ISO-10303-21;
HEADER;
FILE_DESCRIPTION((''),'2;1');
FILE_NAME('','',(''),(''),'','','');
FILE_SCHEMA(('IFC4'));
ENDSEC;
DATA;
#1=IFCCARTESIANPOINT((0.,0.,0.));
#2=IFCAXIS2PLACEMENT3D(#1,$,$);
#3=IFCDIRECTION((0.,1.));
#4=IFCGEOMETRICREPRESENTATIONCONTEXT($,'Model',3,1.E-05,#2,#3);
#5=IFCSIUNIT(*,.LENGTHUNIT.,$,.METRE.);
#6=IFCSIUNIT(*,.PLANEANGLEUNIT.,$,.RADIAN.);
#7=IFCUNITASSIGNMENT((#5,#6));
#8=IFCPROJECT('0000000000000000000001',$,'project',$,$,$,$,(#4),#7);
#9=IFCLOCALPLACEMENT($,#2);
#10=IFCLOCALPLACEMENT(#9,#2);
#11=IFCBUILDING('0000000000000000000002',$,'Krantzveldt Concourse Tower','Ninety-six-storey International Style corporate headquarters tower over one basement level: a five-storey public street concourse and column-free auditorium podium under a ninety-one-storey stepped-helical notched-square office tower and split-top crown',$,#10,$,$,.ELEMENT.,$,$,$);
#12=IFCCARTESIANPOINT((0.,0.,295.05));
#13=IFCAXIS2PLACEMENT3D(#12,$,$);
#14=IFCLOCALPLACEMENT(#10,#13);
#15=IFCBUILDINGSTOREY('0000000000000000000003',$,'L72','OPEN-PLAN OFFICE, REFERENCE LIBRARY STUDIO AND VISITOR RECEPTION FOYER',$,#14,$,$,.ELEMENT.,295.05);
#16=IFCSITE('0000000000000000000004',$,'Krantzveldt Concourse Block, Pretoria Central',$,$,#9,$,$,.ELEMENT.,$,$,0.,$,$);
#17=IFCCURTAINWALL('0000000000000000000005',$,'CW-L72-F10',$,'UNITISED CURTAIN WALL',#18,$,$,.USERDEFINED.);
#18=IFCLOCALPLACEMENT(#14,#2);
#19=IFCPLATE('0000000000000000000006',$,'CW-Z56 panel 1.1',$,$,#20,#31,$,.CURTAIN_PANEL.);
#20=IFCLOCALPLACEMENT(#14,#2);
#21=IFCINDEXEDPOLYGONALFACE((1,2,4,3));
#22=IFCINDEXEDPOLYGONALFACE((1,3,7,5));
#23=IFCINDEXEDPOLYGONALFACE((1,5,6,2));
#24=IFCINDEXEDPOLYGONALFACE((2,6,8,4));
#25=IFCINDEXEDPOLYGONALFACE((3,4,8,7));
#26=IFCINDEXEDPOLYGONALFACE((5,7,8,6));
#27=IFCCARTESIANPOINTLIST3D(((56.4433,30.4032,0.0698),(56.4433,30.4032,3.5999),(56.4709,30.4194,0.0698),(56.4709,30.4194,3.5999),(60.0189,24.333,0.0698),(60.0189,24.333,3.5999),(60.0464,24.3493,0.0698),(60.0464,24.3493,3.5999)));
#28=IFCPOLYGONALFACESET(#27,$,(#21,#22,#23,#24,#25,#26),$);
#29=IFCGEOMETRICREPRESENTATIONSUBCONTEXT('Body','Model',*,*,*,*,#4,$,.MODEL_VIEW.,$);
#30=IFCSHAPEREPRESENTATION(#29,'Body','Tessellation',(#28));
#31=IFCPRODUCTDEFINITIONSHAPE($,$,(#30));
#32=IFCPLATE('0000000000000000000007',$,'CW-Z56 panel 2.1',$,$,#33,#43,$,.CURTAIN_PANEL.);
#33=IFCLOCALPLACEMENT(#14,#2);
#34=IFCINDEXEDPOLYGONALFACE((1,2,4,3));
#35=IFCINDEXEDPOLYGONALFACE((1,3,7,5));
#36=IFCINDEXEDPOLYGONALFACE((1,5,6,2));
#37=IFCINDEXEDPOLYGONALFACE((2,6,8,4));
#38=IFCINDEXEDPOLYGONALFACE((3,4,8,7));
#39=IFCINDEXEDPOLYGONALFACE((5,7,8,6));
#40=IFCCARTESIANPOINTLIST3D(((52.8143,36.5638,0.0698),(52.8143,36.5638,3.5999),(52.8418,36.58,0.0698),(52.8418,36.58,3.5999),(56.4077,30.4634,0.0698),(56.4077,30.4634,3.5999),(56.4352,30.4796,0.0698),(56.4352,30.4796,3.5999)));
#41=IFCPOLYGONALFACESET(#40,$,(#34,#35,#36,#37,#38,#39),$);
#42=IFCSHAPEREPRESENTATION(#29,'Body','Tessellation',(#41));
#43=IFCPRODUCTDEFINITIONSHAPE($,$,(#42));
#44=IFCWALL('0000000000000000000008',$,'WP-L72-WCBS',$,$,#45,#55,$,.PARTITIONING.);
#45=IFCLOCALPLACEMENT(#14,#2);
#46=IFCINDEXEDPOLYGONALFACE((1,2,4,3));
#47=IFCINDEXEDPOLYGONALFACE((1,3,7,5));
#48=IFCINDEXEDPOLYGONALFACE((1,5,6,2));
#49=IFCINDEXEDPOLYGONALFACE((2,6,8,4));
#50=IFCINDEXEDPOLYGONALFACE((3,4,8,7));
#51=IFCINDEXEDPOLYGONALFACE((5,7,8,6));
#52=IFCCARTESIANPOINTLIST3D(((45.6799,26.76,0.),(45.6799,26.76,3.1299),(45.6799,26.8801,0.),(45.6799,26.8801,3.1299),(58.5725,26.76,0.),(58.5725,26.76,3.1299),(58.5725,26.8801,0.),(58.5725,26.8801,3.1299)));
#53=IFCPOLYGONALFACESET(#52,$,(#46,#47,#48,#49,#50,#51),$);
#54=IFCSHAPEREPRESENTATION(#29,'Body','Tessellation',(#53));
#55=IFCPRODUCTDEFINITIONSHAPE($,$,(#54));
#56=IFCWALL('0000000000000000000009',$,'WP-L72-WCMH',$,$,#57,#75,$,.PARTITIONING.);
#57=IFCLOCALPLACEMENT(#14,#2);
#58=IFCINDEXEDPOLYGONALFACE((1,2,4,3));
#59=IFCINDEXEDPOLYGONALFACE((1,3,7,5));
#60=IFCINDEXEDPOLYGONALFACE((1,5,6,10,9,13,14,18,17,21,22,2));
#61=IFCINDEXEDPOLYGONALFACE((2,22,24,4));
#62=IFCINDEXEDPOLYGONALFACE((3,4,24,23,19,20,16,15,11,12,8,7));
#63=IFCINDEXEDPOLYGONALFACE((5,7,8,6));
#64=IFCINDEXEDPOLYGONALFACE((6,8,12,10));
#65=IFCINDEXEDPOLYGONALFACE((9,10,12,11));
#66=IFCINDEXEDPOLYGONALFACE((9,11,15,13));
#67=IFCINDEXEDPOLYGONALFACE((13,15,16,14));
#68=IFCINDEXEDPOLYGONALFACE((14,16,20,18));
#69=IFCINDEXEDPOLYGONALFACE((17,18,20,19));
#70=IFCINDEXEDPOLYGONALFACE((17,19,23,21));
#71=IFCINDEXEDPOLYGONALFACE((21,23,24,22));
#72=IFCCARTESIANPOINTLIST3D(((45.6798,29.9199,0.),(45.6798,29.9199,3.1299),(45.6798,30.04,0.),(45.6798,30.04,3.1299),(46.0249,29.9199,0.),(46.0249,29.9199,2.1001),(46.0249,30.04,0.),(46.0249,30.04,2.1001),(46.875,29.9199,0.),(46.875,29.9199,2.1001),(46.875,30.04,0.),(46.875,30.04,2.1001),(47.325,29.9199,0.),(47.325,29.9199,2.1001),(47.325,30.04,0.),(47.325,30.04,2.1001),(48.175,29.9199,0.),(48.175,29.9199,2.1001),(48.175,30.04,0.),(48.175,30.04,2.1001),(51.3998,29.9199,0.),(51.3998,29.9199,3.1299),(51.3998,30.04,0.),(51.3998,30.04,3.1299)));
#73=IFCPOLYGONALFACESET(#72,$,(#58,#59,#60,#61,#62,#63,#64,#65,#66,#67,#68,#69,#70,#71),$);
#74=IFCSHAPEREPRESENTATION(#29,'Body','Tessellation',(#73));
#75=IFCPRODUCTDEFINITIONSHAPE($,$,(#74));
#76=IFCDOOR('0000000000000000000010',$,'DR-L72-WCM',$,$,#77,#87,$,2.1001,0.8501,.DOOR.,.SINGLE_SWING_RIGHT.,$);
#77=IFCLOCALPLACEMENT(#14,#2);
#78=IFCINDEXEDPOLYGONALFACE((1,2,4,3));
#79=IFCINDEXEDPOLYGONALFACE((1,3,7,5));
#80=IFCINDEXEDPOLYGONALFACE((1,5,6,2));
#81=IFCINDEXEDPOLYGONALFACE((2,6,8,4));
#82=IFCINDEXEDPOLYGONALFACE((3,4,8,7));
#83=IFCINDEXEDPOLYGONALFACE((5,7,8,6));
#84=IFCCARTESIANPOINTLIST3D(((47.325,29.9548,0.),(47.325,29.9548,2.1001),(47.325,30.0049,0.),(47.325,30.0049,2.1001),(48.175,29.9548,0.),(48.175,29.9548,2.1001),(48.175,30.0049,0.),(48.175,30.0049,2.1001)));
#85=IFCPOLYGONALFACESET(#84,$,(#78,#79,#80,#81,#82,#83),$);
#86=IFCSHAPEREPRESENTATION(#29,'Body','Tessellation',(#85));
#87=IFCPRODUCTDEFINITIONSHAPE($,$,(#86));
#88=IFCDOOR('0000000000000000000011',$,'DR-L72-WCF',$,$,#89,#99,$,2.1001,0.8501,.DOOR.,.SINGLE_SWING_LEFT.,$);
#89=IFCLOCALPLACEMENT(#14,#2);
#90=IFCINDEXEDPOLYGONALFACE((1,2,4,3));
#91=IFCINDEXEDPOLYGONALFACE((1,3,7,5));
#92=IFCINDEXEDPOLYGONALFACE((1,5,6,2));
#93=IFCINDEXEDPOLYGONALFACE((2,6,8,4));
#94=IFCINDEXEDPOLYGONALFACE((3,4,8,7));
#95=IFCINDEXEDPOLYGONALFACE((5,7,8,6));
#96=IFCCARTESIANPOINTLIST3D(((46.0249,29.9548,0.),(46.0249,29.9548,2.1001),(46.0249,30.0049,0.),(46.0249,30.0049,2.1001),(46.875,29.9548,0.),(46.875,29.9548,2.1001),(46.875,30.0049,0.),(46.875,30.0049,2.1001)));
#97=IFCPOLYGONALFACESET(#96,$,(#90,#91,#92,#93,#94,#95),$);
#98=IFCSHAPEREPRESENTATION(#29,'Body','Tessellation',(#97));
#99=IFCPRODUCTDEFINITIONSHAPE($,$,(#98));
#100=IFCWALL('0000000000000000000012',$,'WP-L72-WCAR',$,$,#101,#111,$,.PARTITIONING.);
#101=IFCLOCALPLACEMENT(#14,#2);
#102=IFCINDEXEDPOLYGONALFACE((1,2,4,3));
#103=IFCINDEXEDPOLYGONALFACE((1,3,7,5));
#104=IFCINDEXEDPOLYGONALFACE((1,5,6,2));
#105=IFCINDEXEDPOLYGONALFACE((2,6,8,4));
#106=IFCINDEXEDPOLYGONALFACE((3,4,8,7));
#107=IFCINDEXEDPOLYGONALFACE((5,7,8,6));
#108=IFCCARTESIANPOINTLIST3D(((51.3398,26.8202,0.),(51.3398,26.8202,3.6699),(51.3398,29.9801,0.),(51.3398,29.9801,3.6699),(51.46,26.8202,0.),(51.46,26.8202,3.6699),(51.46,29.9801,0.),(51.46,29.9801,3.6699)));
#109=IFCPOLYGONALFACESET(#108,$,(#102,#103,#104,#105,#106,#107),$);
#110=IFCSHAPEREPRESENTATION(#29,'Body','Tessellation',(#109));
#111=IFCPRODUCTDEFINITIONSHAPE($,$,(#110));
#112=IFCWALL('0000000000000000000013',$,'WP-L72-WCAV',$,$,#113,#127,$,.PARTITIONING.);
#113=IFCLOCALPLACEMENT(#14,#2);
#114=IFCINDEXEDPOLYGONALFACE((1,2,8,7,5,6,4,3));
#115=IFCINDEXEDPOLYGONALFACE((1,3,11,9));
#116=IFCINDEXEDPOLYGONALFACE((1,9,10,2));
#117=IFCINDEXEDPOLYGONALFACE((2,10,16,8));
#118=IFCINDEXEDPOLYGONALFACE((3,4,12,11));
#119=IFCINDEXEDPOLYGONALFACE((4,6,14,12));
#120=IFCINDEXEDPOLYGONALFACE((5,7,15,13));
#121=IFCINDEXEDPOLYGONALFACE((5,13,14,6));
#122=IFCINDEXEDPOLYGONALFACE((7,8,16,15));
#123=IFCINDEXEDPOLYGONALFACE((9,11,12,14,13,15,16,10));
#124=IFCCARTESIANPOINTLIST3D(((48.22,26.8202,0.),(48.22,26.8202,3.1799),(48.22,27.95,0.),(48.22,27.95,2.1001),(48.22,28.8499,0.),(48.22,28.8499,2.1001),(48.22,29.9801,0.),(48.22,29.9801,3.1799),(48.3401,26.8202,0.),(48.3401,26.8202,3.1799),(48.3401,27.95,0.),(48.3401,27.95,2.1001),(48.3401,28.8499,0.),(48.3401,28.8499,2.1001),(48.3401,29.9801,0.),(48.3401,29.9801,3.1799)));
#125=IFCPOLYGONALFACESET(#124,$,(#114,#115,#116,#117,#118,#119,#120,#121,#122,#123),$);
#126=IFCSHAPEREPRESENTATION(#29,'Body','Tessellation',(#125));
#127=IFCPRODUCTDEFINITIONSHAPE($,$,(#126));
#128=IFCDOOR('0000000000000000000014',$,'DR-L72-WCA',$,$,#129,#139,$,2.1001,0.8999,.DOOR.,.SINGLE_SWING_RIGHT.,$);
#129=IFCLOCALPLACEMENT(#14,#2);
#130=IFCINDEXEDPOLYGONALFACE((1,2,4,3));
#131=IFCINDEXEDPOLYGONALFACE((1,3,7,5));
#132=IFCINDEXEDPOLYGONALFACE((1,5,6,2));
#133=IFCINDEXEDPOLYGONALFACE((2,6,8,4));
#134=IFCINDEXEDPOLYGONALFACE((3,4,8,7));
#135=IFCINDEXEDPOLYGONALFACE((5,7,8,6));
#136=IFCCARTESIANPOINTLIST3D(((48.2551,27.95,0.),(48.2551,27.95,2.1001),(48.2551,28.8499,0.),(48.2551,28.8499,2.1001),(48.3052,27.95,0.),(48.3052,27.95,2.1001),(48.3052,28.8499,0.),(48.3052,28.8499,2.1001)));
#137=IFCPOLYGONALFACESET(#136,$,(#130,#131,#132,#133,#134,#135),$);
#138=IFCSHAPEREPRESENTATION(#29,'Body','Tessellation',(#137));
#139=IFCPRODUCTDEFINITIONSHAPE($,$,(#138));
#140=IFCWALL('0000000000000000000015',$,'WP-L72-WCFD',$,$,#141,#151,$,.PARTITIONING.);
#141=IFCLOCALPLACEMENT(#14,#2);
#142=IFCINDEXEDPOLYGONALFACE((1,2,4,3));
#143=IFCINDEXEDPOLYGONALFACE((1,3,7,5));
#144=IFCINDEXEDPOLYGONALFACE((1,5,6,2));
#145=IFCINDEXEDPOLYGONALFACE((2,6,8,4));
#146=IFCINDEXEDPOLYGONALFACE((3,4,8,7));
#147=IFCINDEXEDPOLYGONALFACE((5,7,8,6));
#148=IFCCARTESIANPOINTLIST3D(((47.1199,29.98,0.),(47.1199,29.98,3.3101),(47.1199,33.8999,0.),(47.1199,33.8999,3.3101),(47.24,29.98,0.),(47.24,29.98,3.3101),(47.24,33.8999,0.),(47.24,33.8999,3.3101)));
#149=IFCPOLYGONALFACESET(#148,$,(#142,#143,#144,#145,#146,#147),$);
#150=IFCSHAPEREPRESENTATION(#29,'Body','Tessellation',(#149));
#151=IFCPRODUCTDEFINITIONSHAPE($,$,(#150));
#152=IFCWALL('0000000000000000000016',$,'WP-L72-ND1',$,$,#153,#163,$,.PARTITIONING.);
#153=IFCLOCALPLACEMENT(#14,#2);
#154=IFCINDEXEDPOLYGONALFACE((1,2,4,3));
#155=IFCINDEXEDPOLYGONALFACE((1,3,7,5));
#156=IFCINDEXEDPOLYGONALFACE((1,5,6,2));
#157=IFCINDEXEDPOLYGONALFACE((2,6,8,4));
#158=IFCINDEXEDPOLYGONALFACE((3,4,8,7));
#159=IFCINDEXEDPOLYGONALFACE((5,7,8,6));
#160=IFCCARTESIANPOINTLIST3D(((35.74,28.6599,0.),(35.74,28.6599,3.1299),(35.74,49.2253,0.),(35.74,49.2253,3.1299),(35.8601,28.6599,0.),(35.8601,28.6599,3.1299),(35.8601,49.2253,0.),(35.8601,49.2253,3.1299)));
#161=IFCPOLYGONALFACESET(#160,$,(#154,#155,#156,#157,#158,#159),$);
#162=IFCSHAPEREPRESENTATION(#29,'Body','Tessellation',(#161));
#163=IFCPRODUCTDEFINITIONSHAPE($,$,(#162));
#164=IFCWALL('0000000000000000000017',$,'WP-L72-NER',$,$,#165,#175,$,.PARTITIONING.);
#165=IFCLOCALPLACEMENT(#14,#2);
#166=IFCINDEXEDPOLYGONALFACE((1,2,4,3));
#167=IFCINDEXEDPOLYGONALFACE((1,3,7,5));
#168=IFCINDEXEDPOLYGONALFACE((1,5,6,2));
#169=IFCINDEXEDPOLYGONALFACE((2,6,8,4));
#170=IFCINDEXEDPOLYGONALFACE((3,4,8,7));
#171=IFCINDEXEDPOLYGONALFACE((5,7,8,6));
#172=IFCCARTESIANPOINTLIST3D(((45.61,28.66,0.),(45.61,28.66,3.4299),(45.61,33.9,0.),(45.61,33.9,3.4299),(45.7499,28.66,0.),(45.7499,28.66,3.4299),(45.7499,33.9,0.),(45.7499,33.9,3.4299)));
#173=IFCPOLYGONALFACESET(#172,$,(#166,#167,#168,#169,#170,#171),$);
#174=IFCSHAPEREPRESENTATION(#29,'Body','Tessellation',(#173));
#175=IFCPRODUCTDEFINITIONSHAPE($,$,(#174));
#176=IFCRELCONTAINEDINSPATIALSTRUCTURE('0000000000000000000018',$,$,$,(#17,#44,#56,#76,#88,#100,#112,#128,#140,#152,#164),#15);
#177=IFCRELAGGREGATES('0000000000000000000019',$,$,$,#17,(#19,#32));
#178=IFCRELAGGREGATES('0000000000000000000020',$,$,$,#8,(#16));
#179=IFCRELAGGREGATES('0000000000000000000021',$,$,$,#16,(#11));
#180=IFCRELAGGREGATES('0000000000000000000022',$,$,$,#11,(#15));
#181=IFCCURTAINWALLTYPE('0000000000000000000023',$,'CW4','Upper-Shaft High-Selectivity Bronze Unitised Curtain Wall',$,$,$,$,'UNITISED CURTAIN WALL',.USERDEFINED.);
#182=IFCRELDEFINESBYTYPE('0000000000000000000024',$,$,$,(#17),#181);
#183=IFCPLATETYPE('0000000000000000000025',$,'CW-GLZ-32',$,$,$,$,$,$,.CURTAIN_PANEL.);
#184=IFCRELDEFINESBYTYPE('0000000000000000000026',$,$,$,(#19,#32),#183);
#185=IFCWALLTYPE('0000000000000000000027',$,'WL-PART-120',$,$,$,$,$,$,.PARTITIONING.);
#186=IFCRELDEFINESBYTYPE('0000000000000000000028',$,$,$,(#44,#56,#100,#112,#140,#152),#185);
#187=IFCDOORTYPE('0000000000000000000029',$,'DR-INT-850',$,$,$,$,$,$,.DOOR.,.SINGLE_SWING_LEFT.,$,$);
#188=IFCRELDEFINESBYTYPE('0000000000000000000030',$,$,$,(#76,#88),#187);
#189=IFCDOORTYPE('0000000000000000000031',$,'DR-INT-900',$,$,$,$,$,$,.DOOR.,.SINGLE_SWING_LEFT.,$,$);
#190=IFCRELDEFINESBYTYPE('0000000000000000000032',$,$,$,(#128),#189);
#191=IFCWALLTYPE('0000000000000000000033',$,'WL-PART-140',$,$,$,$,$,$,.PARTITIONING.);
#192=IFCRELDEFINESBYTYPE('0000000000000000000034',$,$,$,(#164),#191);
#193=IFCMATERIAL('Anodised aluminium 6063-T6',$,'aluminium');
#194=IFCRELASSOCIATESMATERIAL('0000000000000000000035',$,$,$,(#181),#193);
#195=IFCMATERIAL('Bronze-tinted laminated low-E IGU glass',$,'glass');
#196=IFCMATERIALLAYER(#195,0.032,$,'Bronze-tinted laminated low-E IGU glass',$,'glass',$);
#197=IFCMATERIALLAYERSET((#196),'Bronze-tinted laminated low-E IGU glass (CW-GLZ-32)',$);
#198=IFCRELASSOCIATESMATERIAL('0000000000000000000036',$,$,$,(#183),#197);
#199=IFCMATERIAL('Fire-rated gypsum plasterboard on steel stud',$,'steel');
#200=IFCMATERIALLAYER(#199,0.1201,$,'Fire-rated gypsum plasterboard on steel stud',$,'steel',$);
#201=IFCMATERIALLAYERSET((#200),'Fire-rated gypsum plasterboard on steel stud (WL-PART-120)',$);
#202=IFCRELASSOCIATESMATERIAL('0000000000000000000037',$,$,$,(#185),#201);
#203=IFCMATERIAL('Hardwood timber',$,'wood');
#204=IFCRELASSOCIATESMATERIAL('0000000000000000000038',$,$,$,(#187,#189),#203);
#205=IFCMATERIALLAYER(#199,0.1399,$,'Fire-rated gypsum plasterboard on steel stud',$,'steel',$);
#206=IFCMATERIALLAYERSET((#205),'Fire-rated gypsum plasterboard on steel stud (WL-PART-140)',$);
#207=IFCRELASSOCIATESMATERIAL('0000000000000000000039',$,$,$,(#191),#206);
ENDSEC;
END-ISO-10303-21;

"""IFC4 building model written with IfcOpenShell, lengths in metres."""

from ifc_helpers import new_model, si_unit, direction, frame, frame_2d, origin, origin_2d, place, context, subcontext, project, spatial, rectangle, extrude, source, transform, mapped, material, layer, layer_set, type_object, type_shapes, element, fill, aggregate, save


model = new_model("IFC4")

# Units and contexts
model_context = context("Model", 3, precision=1e-05, world=origin(), true_north=direction((0.0, 1.0)))
body_context = subcontext(model_context, "Body", "Model", "MODEL_VIEW")
ifc_project = project(units=[si_unit("LENGTHUNIT", "METRE"), si_unit("PLANEANGLEUNIT", "RADIAN")], contexts=[model_context])

# Site, building, storey
site_placement = place(None, origin())
site = spatial("IfcSite", under=ifc_project, at=site_placement, Name="Krantzveldt Concourse Block, Pretoria Central", CompositionType="ELEMENT", RefElevation=0.0)
building_placement = place(site_placement, origin())
building = spatial("IfcBuilding", under=site, at=building_placement, Name="Krantzveldt Concourse Tower", Description="Ninety-six-storey International Style corporate headquarters tower over one basement level: a five-storey public street concourse and column-free auditorium podium under a ninety-one-storey stepped-helical notched-square office tower and split-top crown", CompositionType="ELEMENT")
storey_placement = place(building_placement, frame((0.0, 0.0, 295.05)))
storey = spatial("IfcBuildingStorey", under=building, at=storey_placement, Name="L72", Description="OPEN-PLAN OFFICE, REFERENCE LIBRARY STUDIO AND VISITOR RECEPTION FOYER", CompositionType="ELEMENT", Elevation=295.05)

# Curtain wall, plates
ifc_material_1 = material(Name="Anodised aluminium 6063-T6", Category="aluminium")
curtain_wall_type = type_object("IfcCurtainWallType", Name="CW4", Description="Upper-Shaft High-Selectivity Bronze Unitised Curtain Wall", ElementType="UNITISED CURTAIN WALL", PredefinedType="USERDEFINED", material=ifc_material_1)
curtain_wall_placement = place(storey_placement, origin())
curtain_wall = element("IfcCurtainWall", 1, at=curtain_wall_placement, inside=storey, type_object=curtain_wall_type, Name="CW-L72-F10", ObjectType="UNITISED CURTAIN WALL", PredefinedType="USERDEFINED")
ifc_material_2 = material(Name="Bronze-tinted laminated low-E IGU glass", Category="glass")
ifc_layer_1 = layer(ifc_material_2, 0.032, Name="Bronze-tinted laminated low-E IGU glass", Category="glass")
ifc_layer_set_1 = layer_set([ifc_layer_1], Name="Bronze-tinted laminated low-E IGU glass (CW-GLZ-32)")
plate_type = type_object("IfcPlateType", Name="CW-GLZ-32", PredefinedType="CURTAIN_PANEL", material=ifc_layer_set_1)
shared_shape_1 = source(origin(), body_context, "Body", "SweptSolid", [
    extrude(rectangle(XDim=7.0449, YDim=0.032, at=origin_2d()), origin(), (0.0, 0.0, 1.0), 3.53),
])
plate_1_placement = place(storey_placement, frame((58.2449, 27.3762, 0.0698), z_axis=(0.0, 0.0, 1.0), x_axis=(-0.507538, 0.861629, 0.0)))
plate_1 = element("IfcPlate", 2, at=plate_1_placement, type_object=plate_type, Name="CW-Z56 panel 1.1", PredefinedType="CURTAIN_PANEL", context=body_context, shape_type="MappedRepresentation", body=[
    mapped(shared_shape_1, transform((0.0, 0.0, 0.0), x_axis=(1.0, 0.0, 0.0), y_axis=(0.0, 1.0, 0.0), z_axis=(0.0, 0.0, 1.0), scale=1.0)),
])
shared_shape_2 = source(origin(), body_context, "Body", "SweptSolid", [
    extrude(rectangle(XDim=7.0801, YDim=0.032, at=origin_2d()), origin(), (0.0, 0.0, 1.0), 3.53),
])
type_shapes(plate_type, [shared_shape_1, shared_shape_2])
plate_2_placement = place(storey_placement, frame((54.6248, 33.5217, 0.0698), z_axis=(0.0, 0.0, 1.0), x_axis=(-0.507538, 0.861629, 0.0)))
plate_2 = element("IfcPlate", 3, at=plate_2_placement, type_object=plate_type, Name="CW-Z56 panel 2.1", PredefinedType="CURTAIN_PANEL", context=body_context, shape_type="MappedRepresentation", body=[
    mapped(shared_shape_2, transform((0.0, 0.0, 0.0), x_axis=(1.0, 0.0, 0.0), y_axis=(0.0, 1.0, 0.0), z_axis=(0.0, 0.0, 1.0), scale=1.0)),
])
aggregate(curtain_wall, [plate_1, plate_2])

# Wall
ifc_material_3 = material(Name="Fire-rated gypsum plasterboard on steel stud", Category="steel")
ifc_layer_2 = layer(ifc_material_3, 0.1201, Name="Fire-rated gypsum plasterboard on steel stud", Category="steel")
ifc_layer_set_2 = layer_set([ifc_layer_2], Name="Fire-rated gypsum plasterboard on steel stud (WL-PART-120)")
wall_type_1 = type_object("IfcWallType", Name="WL-PART-120", PredefinedType="PARTITIONING", material=ifc_layer_set_2)
wall_1_placement = place(storey_placement, frame((45.6799, 26.8201, 0.0), z_axis=(0.0, 0.0, 1.0), x_axis=(1.0, 0.0, 0.0)))
element("IfcWall", 4, at=wall_1_placement, inside=storey, type_object=wall_type_1, Name="WP-L72-WCBS", PredefinedType="PARTITIONING", context=body_context, shape_type="SweptSolid", body=[
    extrude(rectangle(XDim=12.8926, YDim=0.1201, at=frame_2d((6.4463, 0.0))), origin(), (0.0, 0.0, 1.0), 3.1299),
])

# Wall, openings, doors
wall_2_placement = place(storey_placement, frame((45.6799, 29.98, 0.0), z_axis=(0.0, 0.0, 1.0), x_axis=(1.0, 0.0, 0.0)))
wall_2 = element("IfcWall", 5, at=wall_2_placement, inside=storey, type_object=wall_type_1, Name="WP-L72-WCMH", PredefinedType="PARTITIONING", context=body_context, shape_type="SweptSolid", body=[
    extrude(rectangle(XDim=5.72, YDim=0.1201, at=frame_2d((2.8599, 0.0))), origin(), (0.0, 0.0, 1.0), 3.1299),
])
opening_1_placement = place(wall_2_placement, frame((1.645, 0.0, 0.0)))
opening_1 = element("IfcOpeningElement", 6, at=opening_1_placement, cuts=wall_2, PredefinedType="OPENING", context=body_context, shape_type="SweptSolid", body=[
    extrude(rectangle(XDim=0.8501, YDim=2.1001, at=frame_2d((0.425, 1.05))), frame((0.0, 0.0701, 0.0), z_axis=(0.0, -1.0, 0.0), x_axis=(1.0, 0.0, 0.0)), (0.0, 0.0, 1.0), 0.1401),
])
opening_2_placement = place(wall_2_placement, frame((0.345, 0.0, 0.0)))
opening_2 = element("IfcOpeningElement", 7, at=opening_2_placement, cuts=wall_2, PredefinedType="OPENING", context=body_context, shape_type="SweptSolid", body=[
    extrude(rectangle(XDim=0.8501, YDim=2.1001, at=frame_2d((0.425, 1.05))), frame((0.0, 0.0701, 0.0), z_axis=(0.0, -1.0, 0.0), x_axis=(1.0, 0.0, 0.0)), (0.0, 0.0, 1.0), 0.1401),
])
ifc_material_4 = material(Name="Hardwood timber", Category="wood")
door_type_1 = type_object("IfcDoorType", Name="DR-INT-850", OperationType="SINGLE_SWING_LEFT", PredefinedType="DOOR", material=ifc_material_4)
door_1_placement = place(opening_1_placement, origin())
door_1 = element("IfcDoor", 8, at=door_1_placement, inside=storey, type_object=door_type_1, Name="DR-L72-WCM", OperationType="SINGLE_SWING_RIGHT", OverallHeight=2.1001, OverallWidth=0.8501, PredefinedType="DOOR", context=body_context, shape_type="SweptSolid", body=[
    extrude(rectangle(XDim=0.8501, YDim=2.1001, at=frame_2d((0.425, 1.05))), frame((0.0, 0.0249, 0.0), z_axis=(0.0, -1.0, 0.0), x_axis=(1.0, 0.0, 0.0)), (0.0, 0.0, 1.0), 0.05),
])
fill(opening_1, door_1)
door_2_placement = place(opening_2_placement, origin())
door_2 = element("IfcDoor", 9, at=door_2_placement, inside=storey, type_object=door_type_1, Name="DR-L72-WCF", OperationType="SINGLE_SWING_LEFT", OverallHeight=2.1001, OverallWidth=0.8501, PredefinedType="DOOR", context=body_context, shape_type="SweptSolid", body=[
    extrude(rectangle(XDim=0.8501, YDim=2.1001, at=frame_2d((0.425, 1.05))), frame((0.0, 0.0249, 0.0), z_axis=(0.0, -1.0, 0.0), x_axis=(1.0, 0.0, 0.0)), (0.0, 0.0, 1.0), 0.05),
])
fill(opening_2, door_2)

# Wall
wall_3_placement = place(storey_placement, frame((51.3999, 26.8201, 0.0), z_axis=(0.0, 0.0, 1.0), x_axis=(0.0, 1.0, 0.0)))
element("IfcWall", 10, at=wall_3_placement, inside=storey, type_object=wall_type_1, Name="WP-L72-WCAR", PredefinedType="PARTITIONING", context=body_context, shape_type="SweptSolid", body=[
    extrude(rectangle(XDim=3.1599, YDim=0.1201, at=frame_2d((1.5801, 0.0))), origin(), (0.0, 0.0, 1.0), 3.6699),
])

# Wall, opening, door
wall_4_placement = place(storey_placement, frame((48.28, 26.8201, 0.0), z_axis=(0.0, 0.0, 1.0), x_axis=(0.0, 1.0, 0.0)))
wall_4 = element("IfcWall", 11, at=wall_4_placement, inside=storey, type_object=wall_type_1, Name="WP-L72-WCAV", PredefinedType="PARTITIONING", context=body_context, shape_type="SweptSolid", body=[
    extrude(rectangle(XDim=3.1599, YDim=0.1201, at=frame_2d((1.5801, 0.0))), origin(), (0.0, 0.0, 1.0), 3.1799),
])
opening_3_placement = place(wall_4_placement, frame((1.1299, 0.0, 0.0)))
opening_3 = element("IfcOpeningElement", 12, at=opening_3_placement, cuts=wall_4, PredefinedType="OPENING", context=body_context, shape_type="SweptSolid", body=[
    extrude(rectangle(XDim=0.8999, YDim=2.1001, at=frame_2d((0.45, 1.05))), frame((0.0, 0.0701, 0.0), z_axis=(0.0, -1.0, 0.0), x_axis=(1.0, 0.0, 0.0)), (0.0, 0.0, 1.0), 0.1401),
])
door_type_2 = type_object("IfcDoorType", Name="DR-INT-900", OperationType="SINGLE_SWING_LEFT", PredefinedType="DOOR", material=ifc_material_4)
door_3_placement = place(opening_3_placement, origin())
door_3 = element("IfcDoor", 13, at=door_3_placement, inside=storey, type_object=door_type_2, Name="DR-L72-WCA", OperationType="SINGLE_SWING_RIGHT", OverallHeight=2.1001, OverallWidth=0.8999, PredefinedType="DOOR", context=body_context, shape_type="SweptSolid", body=[
    extrude(rectangle(XDim=0.8999, YDim=2.1001, at=frame_2d((0.45, 1.05))), frame((0.0, 0.0249, 0.0), z_axis=(0.0, -1.0, 0.0), x_axis=(1.0, 0.0, 0.0)), (0.0, 0.0, 1.0), 0.05),
])
fill(opening_3, door_3)

# Walls
wall_5_placement = place(storey_placement, frame((47.1799, 29.98, 0.0), z_axis=(0.0, 0.0, 1.0), x_axis=(0.0, 1.0, 0.0)))
element("IfcWall", 14, at=wall_5_placement, inside=storey, type_object=wall_type_1, Name="WP-L72-WCFD", PredefinedType="PARTITIONING", context=body_context, shape_type="SweptSolid", body=[
    extrude(rectangle(XDim=3.9199, YDim=0.1201, at=frame_2d((1.96, 0.0))), origin(), (0.0, 0.0, 1.0), 3.3101),
])
wall_6_placement = place(storey_placement, frame((35.8, 28.6599, 0.0), z_axis=(0.0, 0.0, 1.0), x_axis=(0.0, 1.0, 0.0)))
element("IfcWall", 15, at=wall_6_placement, inside=storey, type_object=wall_type_1, Name="WP-L72-ND1", PredefinedType="PARTITIONING", context=body_context, shape_type="SweptSolid", body=[
    extrude(rectangle(XDim=20.5654, YDim=0.1201, at=frame_2d((10.2827, 0.0))), origin(), (0.0, 0.0, 1.0), 3.1299),
])
ifc_layer_3 = layer(ifc_material_3, 0.1399, Name="Fire-rated gypsum plasterboard on steel stud", Category="steel")
ifc_layer_set_3 = layer_set([ifc_layer_3], Name="Fire-rated gypsum plasterboard on steel stud (WL-PART-140)")
wall_type_2 = type_object("IfcWallType", Name="WL-PART-140", PredefinedType="PARTITIONING", material=ifc_layer_set_3)
wall_7_placement = place(storey_placement, frame((45.6799, 28.6599, 0.0), z_axis=(0.0, 0.0, 1.0), x_axis=(0.0, 1.0, 0.0)))
element("IfcWall", 16, at=wall_7_placement, inside=storey, type_object=wall_type_2, Name="WP-L72-NER", PredefinedType="PARTITIONING", context=body_context, shape_type="SweptSolid", body=[
    extrude(rectangle(XDim=5.24, YDim=0.1399, at=frame_2d((2.6201, 0.0))), origin(), (0.0, 0.0, 1.0), 3.4299),
])

save(model, "model.ifc")
